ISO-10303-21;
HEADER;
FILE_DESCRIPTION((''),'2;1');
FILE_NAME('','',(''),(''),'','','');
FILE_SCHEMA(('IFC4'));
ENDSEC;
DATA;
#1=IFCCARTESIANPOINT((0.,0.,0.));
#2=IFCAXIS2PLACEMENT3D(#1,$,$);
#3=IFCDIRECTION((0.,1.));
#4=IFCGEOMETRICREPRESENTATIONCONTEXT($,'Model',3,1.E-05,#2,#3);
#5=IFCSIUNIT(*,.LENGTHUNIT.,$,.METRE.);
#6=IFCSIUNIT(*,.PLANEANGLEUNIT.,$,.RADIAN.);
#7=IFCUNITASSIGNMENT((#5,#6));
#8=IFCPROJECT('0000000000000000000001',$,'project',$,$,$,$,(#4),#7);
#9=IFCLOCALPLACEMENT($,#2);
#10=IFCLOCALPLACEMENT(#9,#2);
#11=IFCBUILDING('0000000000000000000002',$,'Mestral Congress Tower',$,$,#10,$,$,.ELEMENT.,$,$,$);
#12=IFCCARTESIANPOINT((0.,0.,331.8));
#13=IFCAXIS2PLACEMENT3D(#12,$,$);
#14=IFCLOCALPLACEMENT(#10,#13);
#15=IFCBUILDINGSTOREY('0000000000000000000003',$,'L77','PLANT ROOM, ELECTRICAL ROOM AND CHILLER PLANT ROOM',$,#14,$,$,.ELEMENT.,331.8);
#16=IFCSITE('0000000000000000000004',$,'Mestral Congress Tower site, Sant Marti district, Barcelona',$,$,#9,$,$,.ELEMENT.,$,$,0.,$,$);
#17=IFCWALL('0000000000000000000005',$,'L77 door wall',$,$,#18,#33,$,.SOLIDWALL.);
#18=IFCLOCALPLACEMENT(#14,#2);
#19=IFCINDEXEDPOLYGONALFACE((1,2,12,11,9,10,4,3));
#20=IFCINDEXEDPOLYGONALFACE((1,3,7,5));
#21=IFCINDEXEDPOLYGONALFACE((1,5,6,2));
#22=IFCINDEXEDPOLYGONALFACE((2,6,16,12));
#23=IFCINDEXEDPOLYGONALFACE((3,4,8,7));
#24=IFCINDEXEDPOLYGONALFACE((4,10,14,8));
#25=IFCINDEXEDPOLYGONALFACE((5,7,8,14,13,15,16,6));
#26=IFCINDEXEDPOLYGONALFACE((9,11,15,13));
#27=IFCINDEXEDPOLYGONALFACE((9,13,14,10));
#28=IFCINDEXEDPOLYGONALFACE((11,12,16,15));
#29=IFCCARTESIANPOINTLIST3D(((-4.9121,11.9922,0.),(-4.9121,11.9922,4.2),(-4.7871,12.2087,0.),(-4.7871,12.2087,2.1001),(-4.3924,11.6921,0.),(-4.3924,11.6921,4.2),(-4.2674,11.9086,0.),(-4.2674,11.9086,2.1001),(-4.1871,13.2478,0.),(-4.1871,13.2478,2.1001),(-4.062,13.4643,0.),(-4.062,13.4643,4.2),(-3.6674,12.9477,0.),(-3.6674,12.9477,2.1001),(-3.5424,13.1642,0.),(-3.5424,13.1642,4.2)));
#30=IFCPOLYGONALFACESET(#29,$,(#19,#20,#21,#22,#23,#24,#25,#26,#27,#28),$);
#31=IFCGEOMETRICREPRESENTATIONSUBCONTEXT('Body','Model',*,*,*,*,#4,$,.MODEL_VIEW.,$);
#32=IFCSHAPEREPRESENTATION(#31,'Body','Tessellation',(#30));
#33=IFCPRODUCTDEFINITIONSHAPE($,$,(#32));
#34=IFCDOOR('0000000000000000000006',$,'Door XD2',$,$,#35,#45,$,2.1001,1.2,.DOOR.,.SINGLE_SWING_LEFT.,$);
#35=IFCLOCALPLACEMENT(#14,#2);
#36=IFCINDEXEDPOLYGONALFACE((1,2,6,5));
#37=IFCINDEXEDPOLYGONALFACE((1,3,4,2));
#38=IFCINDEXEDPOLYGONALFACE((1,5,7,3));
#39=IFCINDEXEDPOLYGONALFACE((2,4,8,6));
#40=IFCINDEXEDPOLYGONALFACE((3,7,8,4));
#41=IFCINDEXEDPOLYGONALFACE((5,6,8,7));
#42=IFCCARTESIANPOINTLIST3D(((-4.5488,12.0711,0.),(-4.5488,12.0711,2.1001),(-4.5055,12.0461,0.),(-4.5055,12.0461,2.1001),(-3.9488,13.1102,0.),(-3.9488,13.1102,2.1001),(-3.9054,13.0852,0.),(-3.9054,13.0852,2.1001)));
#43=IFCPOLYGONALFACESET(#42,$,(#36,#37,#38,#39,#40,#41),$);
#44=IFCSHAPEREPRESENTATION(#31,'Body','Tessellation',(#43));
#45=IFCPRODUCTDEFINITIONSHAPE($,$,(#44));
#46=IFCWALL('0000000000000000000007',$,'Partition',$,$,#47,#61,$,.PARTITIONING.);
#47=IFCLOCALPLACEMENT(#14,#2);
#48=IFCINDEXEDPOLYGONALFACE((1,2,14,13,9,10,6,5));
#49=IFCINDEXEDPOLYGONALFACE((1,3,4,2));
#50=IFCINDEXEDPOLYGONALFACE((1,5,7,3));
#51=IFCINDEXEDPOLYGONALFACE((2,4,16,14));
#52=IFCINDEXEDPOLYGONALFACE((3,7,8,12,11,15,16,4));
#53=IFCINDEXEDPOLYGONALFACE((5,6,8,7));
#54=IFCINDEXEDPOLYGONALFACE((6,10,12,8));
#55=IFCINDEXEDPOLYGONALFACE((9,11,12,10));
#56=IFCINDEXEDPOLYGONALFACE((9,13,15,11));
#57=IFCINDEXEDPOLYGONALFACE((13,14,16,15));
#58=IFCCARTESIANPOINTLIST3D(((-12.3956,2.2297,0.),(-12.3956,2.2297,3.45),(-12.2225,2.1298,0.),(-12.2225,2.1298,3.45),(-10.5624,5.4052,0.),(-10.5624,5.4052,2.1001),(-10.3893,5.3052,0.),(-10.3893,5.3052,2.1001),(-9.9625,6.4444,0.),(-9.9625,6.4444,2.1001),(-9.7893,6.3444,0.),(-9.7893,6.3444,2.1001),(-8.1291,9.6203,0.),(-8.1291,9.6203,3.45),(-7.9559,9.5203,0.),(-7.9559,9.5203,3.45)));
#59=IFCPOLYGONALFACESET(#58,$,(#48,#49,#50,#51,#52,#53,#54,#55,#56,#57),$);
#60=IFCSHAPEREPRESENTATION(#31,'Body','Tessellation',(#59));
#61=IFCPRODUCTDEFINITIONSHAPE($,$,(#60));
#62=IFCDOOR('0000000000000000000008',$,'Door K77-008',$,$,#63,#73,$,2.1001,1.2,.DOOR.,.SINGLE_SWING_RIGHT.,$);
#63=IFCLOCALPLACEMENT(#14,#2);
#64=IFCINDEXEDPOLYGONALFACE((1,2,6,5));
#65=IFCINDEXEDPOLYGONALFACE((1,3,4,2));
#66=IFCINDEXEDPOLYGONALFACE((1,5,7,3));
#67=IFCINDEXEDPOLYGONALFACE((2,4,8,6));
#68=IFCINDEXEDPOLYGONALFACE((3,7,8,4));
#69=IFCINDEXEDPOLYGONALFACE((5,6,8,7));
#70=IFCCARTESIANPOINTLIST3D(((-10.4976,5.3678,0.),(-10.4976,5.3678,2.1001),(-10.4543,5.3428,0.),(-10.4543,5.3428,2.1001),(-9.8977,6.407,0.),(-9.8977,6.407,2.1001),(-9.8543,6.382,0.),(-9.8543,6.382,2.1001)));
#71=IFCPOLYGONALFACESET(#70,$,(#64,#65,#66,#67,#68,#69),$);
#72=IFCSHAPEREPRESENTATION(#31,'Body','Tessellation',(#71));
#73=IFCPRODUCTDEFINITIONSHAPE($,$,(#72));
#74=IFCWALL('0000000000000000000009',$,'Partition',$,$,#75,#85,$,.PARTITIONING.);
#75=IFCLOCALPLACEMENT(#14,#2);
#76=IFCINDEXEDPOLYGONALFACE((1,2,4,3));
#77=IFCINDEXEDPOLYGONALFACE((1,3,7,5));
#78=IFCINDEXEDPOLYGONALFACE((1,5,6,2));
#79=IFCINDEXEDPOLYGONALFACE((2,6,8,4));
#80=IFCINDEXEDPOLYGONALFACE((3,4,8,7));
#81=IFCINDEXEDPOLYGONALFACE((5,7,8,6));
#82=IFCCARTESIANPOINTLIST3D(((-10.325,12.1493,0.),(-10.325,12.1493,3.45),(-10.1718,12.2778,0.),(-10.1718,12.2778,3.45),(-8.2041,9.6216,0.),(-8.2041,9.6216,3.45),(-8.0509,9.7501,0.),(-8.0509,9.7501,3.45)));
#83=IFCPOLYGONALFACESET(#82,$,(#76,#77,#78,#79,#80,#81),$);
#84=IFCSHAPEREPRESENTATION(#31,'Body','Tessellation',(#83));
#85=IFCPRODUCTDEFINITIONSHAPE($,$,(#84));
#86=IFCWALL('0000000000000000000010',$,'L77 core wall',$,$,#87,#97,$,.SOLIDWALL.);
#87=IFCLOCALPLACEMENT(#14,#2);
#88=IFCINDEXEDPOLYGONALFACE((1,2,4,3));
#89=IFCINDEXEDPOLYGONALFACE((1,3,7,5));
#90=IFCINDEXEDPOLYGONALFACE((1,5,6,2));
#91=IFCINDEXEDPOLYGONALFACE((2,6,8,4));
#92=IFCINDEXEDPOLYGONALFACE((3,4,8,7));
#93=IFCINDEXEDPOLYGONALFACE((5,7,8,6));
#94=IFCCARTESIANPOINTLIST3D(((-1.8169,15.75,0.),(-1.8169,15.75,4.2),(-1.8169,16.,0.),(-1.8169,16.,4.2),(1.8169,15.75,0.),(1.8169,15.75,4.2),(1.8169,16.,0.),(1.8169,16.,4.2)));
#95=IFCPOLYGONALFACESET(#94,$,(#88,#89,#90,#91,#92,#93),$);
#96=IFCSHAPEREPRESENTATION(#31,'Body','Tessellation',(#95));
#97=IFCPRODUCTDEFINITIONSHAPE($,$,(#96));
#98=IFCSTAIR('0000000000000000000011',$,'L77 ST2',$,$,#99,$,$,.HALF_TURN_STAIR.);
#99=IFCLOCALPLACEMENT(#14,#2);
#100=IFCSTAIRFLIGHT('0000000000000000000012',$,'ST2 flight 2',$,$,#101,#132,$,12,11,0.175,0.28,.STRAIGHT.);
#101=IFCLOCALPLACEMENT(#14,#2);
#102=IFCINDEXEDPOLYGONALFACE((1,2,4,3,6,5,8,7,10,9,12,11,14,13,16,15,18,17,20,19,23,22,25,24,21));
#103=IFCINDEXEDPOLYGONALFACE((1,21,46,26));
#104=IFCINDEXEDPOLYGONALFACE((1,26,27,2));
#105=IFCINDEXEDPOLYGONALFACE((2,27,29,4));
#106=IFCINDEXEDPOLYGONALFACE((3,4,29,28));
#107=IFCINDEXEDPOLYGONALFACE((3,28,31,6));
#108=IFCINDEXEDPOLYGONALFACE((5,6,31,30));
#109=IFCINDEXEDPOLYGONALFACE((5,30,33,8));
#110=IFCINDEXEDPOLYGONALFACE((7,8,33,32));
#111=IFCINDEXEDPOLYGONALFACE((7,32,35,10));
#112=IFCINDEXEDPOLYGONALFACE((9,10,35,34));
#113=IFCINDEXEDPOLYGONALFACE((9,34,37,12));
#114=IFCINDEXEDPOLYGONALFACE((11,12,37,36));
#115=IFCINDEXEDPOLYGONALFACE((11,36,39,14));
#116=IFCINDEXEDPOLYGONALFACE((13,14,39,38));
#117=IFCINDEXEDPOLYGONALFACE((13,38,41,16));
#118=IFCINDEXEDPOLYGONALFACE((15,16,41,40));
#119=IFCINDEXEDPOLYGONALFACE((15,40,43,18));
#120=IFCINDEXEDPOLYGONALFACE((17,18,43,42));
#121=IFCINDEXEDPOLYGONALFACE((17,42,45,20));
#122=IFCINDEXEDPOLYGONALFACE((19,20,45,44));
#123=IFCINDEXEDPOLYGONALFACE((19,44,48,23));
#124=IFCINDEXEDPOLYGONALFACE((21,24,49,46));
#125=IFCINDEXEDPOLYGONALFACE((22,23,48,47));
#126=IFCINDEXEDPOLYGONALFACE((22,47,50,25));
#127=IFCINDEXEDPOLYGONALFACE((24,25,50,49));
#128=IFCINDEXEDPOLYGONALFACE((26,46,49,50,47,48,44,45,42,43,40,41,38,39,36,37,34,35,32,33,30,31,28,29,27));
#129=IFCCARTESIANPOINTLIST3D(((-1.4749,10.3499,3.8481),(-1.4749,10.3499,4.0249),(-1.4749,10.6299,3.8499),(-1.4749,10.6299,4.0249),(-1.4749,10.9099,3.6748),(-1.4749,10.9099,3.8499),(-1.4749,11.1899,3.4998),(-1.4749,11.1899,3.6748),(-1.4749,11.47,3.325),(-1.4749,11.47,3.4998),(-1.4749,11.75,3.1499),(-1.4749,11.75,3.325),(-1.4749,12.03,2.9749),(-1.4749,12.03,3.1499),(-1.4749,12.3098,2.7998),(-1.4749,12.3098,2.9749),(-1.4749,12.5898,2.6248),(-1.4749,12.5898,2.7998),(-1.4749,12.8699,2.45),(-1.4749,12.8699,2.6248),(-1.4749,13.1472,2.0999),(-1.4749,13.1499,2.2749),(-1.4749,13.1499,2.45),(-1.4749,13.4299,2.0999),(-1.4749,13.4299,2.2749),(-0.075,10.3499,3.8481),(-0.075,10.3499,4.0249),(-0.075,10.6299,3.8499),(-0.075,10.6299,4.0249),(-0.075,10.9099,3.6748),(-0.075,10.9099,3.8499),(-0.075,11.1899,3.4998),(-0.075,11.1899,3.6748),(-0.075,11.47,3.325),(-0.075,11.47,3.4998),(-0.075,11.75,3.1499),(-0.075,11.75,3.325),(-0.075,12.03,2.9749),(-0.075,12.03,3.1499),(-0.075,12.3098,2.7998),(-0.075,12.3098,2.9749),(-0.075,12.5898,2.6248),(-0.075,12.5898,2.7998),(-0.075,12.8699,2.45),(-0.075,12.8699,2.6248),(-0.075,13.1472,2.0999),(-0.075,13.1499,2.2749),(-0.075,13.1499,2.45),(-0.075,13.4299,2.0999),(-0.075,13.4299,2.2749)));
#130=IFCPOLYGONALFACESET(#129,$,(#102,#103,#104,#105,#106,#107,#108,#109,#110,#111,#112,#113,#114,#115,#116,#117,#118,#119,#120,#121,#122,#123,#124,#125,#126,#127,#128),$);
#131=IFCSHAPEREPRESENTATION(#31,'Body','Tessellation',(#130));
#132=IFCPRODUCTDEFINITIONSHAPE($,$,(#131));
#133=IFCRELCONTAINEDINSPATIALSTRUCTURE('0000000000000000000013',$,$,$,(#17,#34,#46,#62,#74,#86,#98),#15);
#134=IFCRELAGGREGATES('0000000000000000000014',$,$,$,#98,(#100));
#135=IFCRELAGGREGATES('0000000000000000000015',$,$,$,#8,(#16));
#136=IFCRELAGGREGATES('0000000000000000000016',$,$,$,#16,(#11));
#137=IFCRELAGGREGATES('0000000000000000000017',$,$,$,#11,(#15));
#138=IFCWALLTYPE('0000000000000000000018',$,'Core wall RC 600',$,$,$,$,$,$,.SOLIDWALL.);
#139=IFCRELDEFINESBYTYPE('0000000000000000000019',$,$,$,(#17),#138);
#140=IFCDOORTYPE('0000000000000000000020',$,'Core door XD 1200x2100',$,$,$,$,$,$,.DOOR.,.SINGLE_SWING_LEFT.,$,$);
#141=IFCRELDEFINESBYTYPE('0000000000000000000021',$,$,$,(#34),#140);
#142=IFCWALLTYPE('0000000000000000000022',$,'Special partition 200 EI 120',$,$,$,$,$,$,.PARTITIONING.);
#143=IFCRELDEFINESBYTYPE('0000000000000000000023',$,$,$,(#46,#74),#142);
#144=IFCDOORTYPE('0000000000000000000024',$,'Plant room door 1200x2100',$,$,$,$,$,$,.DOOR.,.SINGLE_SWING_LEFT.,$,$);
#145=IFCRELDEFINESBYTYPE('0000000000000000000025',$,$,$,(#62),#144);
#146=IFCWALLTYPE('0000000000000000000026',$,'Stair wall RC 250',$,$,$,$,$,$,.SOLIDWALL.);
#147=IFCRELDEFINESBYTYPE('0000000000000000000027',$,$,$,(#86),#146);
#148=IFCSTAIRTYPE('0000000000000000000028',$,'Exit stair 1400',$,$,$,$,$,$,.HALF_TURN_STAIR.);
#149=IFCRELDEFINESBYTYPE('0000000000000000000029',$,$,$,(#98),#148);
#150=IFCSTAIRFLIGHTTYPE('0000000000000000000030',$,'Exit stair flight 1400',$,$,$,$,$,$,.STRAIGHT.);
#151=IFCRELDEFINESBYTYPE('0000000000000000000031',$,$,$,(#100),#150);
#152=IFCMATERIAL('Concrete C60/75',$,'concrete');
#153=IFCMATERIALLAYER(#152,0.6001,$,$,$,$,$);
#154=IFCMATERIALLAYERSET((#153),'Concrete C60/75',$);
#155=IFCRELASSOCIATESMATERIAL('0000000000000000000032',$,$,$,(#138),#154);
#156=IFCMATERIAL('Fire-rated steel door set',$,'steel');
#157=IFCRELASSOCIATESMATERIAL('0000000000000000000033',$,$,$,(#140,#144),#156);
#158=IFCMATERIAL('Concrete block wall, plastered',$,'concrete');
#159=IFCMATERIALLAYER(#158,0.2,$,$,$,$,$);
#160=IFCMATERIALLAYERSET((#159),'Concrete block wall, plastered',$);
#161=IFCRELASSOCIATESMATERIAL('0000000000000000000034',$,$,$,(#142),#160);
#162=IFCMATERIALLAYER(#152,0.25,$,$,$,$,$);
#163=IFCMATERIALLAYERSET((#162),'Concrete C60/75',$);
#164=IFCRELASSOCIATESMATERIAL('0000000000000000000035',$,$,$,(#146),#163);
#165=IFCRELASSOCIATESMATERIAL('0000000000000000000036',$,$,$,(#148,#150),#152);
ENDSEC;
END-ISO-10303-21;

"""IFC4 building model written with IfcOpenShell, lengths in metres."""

from ifc_helpers import new_model, si_unit, direction, frame, frame_2d, origin, place, context, subcontext, project, spatial, polyline, rectangle, outline, extrude, material, layer, layer_set, type_object, element, fill, aggregate, save


model = new_model("IFC4")

# Units and contexts
model_context = context("Model", 3, precision=1e-05, world=origin(), true_north=direction((0.0, 1.0)))
body_context = subcontext(model_context, "Body", "Model", "MODEL_VIEW")
ifc_project = project(units=[si_unit("LENGTHUNIT", "METRE"), si_unit("PLANEANGLEUNIT", "RADIAN")], contexts=[model_context])

# Site, building, storey
site_placement = place(None, origin())
site = spatial("IfcSite", under=ifc_project, at=site_placement, Name="Mestral Congress Tower site, Sant Marti district, Barcelona", CompositionType="ELEMENT", RefElevation=0.0)
building_placement = place(site_placement, origin())
building = spatial("IfcBuilding", under=site, at=building_placement, Name="Mestral Congress Tower", CompositionType="ELEMENT")
storey_placement = place(building_placement, frame((0.0, 0.0, 331.8)))
storey = spatial("IfcBuildingStorey", under=building, at=storey_placement, Name="L77", Description="PLANT ROOM, ELECTRICAL ROOM AND CHILLER PLANT ROOM", CompositionType="ELEMENT", Elevation=331.8)

# Shared definitions
placement = place(storey_placement, origin())

# Shared definitions
ifc_material_1 = material(Name="Concrete C60/75", Category="concrete")
ifc_layer_1 = layer(ifc_material_1, 0.6001)
ifc_layer_set_1 = layer_set([ifc_layer_1], Name="Concrete C60/75")
wall_type_1 = type_object("IfcWallType", Name="Core wall RC 600", PredefinedType="SOLIDWALL", material=ifc_layer_set_1)

# Walls, openings, doors
wall_1_placement = place(storey_placement, frame((-4.6523, 11.842, 0.0), z_axis=(0.0, 0.0, 1.0), x_axis=(0.500062, 0.865989, 0.0)))
wall_1 = element("IfcWall", 1, at=wall_1_placement, inside=storey, type_object=wall_type_1, Name="L77 door wall", PredefinedType="SOLIDWALL", context=body_context, shape_type="SweptSolid", body=[
    extrude(rectangle(XDim=1.7, YDim=0.6001, at=frame_2d((0.8501, 0.0))), origin(), (0.0, 0.0, 1.0), 4.2),
])
opening_1_placement = place(wall_1_placement, frame((0.25, 0.0, 0.0)))
opening_1 = element("IfcOpeningElement", 2, at=opening_1_placement, cuts=wall_1, PredefinedType="OPENING", context=body_context, shape_type="SweptSolid", body=[
    extrude(rectangle(XDim=1.2, YDim=2.1001, at=frame_2d((0.6001, 1.05))), frame((0.0, 0.3101, 0.0), z_axis=(0.0, -1.0, 0.0), x_axis=(1.0, 0.0, 0.0)), (0.0, 0.0, 1.0), 0.6201),
])
ifc_material_2 = material(Name="Fire-rated steel door set", Category="steel")
door_type_1 = type_object("IfcDoorType", Name="Core door XD 1200x2100", OperationType="SINGLE_SWING_LEFT", PredefinedType="DOOR", material=ifc_material_2)
door_1_placement = place(opening_1_placement, origin())
door_1 = element("IfcDoor", 3, at=door_1_placement, inside=storey, type_object=door_type_1, Name="Door XD2", OperationType="SINGLE_SWING_LEFT", OverallHeight=2.1001, OverallWidth=1.2, PredefinedType="DOOR", context=body_context, shape_type="SweptSolid", body=[
    extrude(rectangle(XDim=1.2, YDim=2.1001, at=frame_2d((0.6001, 1.05))), frame((0.0, 0.0249, 0.0), z_axis=(0.0, -1.0, 0.0), x_axis=(1.0, 0.0, 0.0)), (0.0, 0.0, 1.0), 0.05),
])
fill(opening_1, door_1)
ifc_material_3 = material(Name="Concrete block wall, plastered", Category="concrete")
ifc_layer_2 = layer(ifc_material_3, 0.2)
ifc_layer_set_2 = layer_set([ifc_layer_2], Name="Concrete block wall, plastered")
wall_type_2 = type_object("IfcWallType", Name="Special partition 200 EI 120", PredefinedType="PARTITIONING", material=ifc_layer_set_2)
wall_2_placement = place(storey_placement, frame((-8.0425, 9.5703, 0.0), z_axis=(0.0, 0.0, 1.0), x_axis=(-0.499967, -0.866045, 0.0)))
wall_2 = element("IfcWall", 4, at=wall_2_placement, inside=storey, type_object=wall_type_2, Name="Partition", PredefinedType="PARTITIONING", context=body_context, shape_type="SweptSolid", body=[
    extrude(rectangle(XDim=8.5337, YDim=0.2, at=frame_2d((4.2668, 0.0))), origin(), (0.0, 0.0, 1.0), 3.45),
])
opening_2_placement = place(wall_2_placement, frame((3.667, 0.0, 0.0)))
opening_2 = element("IfcOpeningElement", 5, at=opening_2_placement, cuts=wall_2, PredefinedType="OPENING", context=body_context, shape_type="SweptSolid", body=[
    extrude(rectangle(XDim=1.2, YDim=2.1001, at=frame_2d((0.6001, 1.05))), frame((0.0, 0.1099, 0.0), z_axis=(0.0, -1.0, 0.0), x_axis=(1.0, 0.0, 0.0)), (0.0, 0.0, 1.0), 0.22),
])
door_type_2 = type_object("IfcDoorType", Name="Plant room door 1200x2100", OperationType="SINGLE_SWING_LEFT", PredefinedType="DOOR", material=ifc_material_2)
door_2_placement = place(opening_2_placement, origin())
door_2 = element("IfcDoor", 6, at=door_2_placement, inside=storey, type_object=door_type_2, Name="Door K77-008", OperationType="SINGLE_SWING_RIGHT", OverallHeight=2.1001, OverallWidth=1.2, PredefinedType="DOOR", context=body_context, shape_type="SweptSolid", body=[
    extrude(rectangle(XDim=1.2, YDim=2.1001, at=frame_2d((0.6001, 1.05))), frame((0.0, 0.0249, 0.0), z_axis=(0.0, -1.0, 0.0), x_axis=(1.0, 0.0, 0.0)), (0.0, 0.0, 1.0), 0.05),
])
fill(opening_2, door_2)

# Walls
wall_3_placement = place(storey_placement, frame((-8.1274, 9.6858, 0.0), z_axis=(0.0, 0.0, 1.0), x_axis=(-0.642779, 0.766052, 0.0)))
element("IfcWall", 7, at=wall_3_placement, inside=storey, type_object=wall_type_2, Name="Partition", PredefinedType="PARTITIONING", context=body_context, shape_type="SweptSolid", body=[
    extrude(rectangle(XDim=3.2996, YDim=0.2, at=frame_2d((1.6499, 0.0))), origin(), (0.0, 0.0, 1.0), 3.45),
])
ifc_layer_3 = layer(ifc_material_1, 0.25)
ifc_layer_set_3 = layer_set([ifc_layer_3], Name="Concrete C60/75")
wall_type_3 = type_object("IfcWallType", Name="Stair wall RC 250", PredefinedType="SOLIDWALL", material=ifc_layer_set_3)
wall_4_placement = place(storey_placement, frame((-1.8169, 15.875, 0.0), z_axis=(0.0, 0.0, 1.0), x_axis=(1.0, 0.0, 0.0)))
element("IfcWall", 8, at=wall_4_placement, inside=storey, type_object=wall_type_3, Name="L77 core wall", PredefinedType="SOLIDWALL", context=body_context, shape_type="SweptSolid", body=[
    extrude(rectangle(XDim=3.6338, YDim=0.25, at=frame_2d((1.8169, 0.0))), origin(), (0.0, 0.0, 1.0), 4.2),
])

# Stair, stair flight
stair_type = type_object("IfcStairType", Name="Exit stair 1400", PredefinedType="HALF_TURN_STAIR", material=ifc_material_1)
stair = element("IfcStair", 9, at=placement, inside=storey, type_object=stair_type, Name="L77 ST2", PredefinedType="HALF_TURN_STAIR")
stair_flight_type = type_object("IfcStairFlightType", Name="Exit stair flight 1400", PredefinedType="STRAIGHT", material=ifc_material_1)
stair_flight_placement = place(storey_placement, frame((-0.7749, 13.4299, 2.0999), z_axis=(0.0, 0.0, 1.0), x_axis=(0.0, -1.0, 0.0)))
stair_flight = element("IfcStairFlight", 10, at=stair_flight_placement, type_object=stair_flight_type, Name="ST2 flight 2", NumberOfRisers=12, NumberOfTreads=11, PredefinedType="STRAIGHT", RiserHeight=0.175, TreadLength=0.28, context=body_context, shape_type="SweptSolid", body=[
    extrude(outline(polyline([(0.0, 0.0), (0.0, 0.175), (0.28, 0.175), (0.28, 0.3501), (0.5601, 0.3501), (0.5601, 0.5249), (0.8401, 0.5249), (0.8401, 0.7), (1.1201, 0.7), (1.1201, 0.875), (1.3999, 0.875), (1.3999, 1.05), (1.6799, 1.05), (1.6799, 1.2251), (1.96, 1.2251), (1.96, 1.3999), (2.24, 1.3999), (2.24, 1.575), (2.52, 1.575), (2.52, 1.75), (2.8, 1.75), (2.8, 1.925), (3.0801, 1.925), (3.0801, 2.1001), (3.0801, 1.7483), (0.2827, 0.0), (0.0, 0.0)])), frame((0.0, 0.7, 0.0), z_axis=(0.0, -1.0, 0.0), x_axis=(1.0, 0.0, 0.0)), (0.0, 0.0, 1.0), 1.3999),
])
aggregate(stair, [stair_flight])

save(model, "model.ifc")
